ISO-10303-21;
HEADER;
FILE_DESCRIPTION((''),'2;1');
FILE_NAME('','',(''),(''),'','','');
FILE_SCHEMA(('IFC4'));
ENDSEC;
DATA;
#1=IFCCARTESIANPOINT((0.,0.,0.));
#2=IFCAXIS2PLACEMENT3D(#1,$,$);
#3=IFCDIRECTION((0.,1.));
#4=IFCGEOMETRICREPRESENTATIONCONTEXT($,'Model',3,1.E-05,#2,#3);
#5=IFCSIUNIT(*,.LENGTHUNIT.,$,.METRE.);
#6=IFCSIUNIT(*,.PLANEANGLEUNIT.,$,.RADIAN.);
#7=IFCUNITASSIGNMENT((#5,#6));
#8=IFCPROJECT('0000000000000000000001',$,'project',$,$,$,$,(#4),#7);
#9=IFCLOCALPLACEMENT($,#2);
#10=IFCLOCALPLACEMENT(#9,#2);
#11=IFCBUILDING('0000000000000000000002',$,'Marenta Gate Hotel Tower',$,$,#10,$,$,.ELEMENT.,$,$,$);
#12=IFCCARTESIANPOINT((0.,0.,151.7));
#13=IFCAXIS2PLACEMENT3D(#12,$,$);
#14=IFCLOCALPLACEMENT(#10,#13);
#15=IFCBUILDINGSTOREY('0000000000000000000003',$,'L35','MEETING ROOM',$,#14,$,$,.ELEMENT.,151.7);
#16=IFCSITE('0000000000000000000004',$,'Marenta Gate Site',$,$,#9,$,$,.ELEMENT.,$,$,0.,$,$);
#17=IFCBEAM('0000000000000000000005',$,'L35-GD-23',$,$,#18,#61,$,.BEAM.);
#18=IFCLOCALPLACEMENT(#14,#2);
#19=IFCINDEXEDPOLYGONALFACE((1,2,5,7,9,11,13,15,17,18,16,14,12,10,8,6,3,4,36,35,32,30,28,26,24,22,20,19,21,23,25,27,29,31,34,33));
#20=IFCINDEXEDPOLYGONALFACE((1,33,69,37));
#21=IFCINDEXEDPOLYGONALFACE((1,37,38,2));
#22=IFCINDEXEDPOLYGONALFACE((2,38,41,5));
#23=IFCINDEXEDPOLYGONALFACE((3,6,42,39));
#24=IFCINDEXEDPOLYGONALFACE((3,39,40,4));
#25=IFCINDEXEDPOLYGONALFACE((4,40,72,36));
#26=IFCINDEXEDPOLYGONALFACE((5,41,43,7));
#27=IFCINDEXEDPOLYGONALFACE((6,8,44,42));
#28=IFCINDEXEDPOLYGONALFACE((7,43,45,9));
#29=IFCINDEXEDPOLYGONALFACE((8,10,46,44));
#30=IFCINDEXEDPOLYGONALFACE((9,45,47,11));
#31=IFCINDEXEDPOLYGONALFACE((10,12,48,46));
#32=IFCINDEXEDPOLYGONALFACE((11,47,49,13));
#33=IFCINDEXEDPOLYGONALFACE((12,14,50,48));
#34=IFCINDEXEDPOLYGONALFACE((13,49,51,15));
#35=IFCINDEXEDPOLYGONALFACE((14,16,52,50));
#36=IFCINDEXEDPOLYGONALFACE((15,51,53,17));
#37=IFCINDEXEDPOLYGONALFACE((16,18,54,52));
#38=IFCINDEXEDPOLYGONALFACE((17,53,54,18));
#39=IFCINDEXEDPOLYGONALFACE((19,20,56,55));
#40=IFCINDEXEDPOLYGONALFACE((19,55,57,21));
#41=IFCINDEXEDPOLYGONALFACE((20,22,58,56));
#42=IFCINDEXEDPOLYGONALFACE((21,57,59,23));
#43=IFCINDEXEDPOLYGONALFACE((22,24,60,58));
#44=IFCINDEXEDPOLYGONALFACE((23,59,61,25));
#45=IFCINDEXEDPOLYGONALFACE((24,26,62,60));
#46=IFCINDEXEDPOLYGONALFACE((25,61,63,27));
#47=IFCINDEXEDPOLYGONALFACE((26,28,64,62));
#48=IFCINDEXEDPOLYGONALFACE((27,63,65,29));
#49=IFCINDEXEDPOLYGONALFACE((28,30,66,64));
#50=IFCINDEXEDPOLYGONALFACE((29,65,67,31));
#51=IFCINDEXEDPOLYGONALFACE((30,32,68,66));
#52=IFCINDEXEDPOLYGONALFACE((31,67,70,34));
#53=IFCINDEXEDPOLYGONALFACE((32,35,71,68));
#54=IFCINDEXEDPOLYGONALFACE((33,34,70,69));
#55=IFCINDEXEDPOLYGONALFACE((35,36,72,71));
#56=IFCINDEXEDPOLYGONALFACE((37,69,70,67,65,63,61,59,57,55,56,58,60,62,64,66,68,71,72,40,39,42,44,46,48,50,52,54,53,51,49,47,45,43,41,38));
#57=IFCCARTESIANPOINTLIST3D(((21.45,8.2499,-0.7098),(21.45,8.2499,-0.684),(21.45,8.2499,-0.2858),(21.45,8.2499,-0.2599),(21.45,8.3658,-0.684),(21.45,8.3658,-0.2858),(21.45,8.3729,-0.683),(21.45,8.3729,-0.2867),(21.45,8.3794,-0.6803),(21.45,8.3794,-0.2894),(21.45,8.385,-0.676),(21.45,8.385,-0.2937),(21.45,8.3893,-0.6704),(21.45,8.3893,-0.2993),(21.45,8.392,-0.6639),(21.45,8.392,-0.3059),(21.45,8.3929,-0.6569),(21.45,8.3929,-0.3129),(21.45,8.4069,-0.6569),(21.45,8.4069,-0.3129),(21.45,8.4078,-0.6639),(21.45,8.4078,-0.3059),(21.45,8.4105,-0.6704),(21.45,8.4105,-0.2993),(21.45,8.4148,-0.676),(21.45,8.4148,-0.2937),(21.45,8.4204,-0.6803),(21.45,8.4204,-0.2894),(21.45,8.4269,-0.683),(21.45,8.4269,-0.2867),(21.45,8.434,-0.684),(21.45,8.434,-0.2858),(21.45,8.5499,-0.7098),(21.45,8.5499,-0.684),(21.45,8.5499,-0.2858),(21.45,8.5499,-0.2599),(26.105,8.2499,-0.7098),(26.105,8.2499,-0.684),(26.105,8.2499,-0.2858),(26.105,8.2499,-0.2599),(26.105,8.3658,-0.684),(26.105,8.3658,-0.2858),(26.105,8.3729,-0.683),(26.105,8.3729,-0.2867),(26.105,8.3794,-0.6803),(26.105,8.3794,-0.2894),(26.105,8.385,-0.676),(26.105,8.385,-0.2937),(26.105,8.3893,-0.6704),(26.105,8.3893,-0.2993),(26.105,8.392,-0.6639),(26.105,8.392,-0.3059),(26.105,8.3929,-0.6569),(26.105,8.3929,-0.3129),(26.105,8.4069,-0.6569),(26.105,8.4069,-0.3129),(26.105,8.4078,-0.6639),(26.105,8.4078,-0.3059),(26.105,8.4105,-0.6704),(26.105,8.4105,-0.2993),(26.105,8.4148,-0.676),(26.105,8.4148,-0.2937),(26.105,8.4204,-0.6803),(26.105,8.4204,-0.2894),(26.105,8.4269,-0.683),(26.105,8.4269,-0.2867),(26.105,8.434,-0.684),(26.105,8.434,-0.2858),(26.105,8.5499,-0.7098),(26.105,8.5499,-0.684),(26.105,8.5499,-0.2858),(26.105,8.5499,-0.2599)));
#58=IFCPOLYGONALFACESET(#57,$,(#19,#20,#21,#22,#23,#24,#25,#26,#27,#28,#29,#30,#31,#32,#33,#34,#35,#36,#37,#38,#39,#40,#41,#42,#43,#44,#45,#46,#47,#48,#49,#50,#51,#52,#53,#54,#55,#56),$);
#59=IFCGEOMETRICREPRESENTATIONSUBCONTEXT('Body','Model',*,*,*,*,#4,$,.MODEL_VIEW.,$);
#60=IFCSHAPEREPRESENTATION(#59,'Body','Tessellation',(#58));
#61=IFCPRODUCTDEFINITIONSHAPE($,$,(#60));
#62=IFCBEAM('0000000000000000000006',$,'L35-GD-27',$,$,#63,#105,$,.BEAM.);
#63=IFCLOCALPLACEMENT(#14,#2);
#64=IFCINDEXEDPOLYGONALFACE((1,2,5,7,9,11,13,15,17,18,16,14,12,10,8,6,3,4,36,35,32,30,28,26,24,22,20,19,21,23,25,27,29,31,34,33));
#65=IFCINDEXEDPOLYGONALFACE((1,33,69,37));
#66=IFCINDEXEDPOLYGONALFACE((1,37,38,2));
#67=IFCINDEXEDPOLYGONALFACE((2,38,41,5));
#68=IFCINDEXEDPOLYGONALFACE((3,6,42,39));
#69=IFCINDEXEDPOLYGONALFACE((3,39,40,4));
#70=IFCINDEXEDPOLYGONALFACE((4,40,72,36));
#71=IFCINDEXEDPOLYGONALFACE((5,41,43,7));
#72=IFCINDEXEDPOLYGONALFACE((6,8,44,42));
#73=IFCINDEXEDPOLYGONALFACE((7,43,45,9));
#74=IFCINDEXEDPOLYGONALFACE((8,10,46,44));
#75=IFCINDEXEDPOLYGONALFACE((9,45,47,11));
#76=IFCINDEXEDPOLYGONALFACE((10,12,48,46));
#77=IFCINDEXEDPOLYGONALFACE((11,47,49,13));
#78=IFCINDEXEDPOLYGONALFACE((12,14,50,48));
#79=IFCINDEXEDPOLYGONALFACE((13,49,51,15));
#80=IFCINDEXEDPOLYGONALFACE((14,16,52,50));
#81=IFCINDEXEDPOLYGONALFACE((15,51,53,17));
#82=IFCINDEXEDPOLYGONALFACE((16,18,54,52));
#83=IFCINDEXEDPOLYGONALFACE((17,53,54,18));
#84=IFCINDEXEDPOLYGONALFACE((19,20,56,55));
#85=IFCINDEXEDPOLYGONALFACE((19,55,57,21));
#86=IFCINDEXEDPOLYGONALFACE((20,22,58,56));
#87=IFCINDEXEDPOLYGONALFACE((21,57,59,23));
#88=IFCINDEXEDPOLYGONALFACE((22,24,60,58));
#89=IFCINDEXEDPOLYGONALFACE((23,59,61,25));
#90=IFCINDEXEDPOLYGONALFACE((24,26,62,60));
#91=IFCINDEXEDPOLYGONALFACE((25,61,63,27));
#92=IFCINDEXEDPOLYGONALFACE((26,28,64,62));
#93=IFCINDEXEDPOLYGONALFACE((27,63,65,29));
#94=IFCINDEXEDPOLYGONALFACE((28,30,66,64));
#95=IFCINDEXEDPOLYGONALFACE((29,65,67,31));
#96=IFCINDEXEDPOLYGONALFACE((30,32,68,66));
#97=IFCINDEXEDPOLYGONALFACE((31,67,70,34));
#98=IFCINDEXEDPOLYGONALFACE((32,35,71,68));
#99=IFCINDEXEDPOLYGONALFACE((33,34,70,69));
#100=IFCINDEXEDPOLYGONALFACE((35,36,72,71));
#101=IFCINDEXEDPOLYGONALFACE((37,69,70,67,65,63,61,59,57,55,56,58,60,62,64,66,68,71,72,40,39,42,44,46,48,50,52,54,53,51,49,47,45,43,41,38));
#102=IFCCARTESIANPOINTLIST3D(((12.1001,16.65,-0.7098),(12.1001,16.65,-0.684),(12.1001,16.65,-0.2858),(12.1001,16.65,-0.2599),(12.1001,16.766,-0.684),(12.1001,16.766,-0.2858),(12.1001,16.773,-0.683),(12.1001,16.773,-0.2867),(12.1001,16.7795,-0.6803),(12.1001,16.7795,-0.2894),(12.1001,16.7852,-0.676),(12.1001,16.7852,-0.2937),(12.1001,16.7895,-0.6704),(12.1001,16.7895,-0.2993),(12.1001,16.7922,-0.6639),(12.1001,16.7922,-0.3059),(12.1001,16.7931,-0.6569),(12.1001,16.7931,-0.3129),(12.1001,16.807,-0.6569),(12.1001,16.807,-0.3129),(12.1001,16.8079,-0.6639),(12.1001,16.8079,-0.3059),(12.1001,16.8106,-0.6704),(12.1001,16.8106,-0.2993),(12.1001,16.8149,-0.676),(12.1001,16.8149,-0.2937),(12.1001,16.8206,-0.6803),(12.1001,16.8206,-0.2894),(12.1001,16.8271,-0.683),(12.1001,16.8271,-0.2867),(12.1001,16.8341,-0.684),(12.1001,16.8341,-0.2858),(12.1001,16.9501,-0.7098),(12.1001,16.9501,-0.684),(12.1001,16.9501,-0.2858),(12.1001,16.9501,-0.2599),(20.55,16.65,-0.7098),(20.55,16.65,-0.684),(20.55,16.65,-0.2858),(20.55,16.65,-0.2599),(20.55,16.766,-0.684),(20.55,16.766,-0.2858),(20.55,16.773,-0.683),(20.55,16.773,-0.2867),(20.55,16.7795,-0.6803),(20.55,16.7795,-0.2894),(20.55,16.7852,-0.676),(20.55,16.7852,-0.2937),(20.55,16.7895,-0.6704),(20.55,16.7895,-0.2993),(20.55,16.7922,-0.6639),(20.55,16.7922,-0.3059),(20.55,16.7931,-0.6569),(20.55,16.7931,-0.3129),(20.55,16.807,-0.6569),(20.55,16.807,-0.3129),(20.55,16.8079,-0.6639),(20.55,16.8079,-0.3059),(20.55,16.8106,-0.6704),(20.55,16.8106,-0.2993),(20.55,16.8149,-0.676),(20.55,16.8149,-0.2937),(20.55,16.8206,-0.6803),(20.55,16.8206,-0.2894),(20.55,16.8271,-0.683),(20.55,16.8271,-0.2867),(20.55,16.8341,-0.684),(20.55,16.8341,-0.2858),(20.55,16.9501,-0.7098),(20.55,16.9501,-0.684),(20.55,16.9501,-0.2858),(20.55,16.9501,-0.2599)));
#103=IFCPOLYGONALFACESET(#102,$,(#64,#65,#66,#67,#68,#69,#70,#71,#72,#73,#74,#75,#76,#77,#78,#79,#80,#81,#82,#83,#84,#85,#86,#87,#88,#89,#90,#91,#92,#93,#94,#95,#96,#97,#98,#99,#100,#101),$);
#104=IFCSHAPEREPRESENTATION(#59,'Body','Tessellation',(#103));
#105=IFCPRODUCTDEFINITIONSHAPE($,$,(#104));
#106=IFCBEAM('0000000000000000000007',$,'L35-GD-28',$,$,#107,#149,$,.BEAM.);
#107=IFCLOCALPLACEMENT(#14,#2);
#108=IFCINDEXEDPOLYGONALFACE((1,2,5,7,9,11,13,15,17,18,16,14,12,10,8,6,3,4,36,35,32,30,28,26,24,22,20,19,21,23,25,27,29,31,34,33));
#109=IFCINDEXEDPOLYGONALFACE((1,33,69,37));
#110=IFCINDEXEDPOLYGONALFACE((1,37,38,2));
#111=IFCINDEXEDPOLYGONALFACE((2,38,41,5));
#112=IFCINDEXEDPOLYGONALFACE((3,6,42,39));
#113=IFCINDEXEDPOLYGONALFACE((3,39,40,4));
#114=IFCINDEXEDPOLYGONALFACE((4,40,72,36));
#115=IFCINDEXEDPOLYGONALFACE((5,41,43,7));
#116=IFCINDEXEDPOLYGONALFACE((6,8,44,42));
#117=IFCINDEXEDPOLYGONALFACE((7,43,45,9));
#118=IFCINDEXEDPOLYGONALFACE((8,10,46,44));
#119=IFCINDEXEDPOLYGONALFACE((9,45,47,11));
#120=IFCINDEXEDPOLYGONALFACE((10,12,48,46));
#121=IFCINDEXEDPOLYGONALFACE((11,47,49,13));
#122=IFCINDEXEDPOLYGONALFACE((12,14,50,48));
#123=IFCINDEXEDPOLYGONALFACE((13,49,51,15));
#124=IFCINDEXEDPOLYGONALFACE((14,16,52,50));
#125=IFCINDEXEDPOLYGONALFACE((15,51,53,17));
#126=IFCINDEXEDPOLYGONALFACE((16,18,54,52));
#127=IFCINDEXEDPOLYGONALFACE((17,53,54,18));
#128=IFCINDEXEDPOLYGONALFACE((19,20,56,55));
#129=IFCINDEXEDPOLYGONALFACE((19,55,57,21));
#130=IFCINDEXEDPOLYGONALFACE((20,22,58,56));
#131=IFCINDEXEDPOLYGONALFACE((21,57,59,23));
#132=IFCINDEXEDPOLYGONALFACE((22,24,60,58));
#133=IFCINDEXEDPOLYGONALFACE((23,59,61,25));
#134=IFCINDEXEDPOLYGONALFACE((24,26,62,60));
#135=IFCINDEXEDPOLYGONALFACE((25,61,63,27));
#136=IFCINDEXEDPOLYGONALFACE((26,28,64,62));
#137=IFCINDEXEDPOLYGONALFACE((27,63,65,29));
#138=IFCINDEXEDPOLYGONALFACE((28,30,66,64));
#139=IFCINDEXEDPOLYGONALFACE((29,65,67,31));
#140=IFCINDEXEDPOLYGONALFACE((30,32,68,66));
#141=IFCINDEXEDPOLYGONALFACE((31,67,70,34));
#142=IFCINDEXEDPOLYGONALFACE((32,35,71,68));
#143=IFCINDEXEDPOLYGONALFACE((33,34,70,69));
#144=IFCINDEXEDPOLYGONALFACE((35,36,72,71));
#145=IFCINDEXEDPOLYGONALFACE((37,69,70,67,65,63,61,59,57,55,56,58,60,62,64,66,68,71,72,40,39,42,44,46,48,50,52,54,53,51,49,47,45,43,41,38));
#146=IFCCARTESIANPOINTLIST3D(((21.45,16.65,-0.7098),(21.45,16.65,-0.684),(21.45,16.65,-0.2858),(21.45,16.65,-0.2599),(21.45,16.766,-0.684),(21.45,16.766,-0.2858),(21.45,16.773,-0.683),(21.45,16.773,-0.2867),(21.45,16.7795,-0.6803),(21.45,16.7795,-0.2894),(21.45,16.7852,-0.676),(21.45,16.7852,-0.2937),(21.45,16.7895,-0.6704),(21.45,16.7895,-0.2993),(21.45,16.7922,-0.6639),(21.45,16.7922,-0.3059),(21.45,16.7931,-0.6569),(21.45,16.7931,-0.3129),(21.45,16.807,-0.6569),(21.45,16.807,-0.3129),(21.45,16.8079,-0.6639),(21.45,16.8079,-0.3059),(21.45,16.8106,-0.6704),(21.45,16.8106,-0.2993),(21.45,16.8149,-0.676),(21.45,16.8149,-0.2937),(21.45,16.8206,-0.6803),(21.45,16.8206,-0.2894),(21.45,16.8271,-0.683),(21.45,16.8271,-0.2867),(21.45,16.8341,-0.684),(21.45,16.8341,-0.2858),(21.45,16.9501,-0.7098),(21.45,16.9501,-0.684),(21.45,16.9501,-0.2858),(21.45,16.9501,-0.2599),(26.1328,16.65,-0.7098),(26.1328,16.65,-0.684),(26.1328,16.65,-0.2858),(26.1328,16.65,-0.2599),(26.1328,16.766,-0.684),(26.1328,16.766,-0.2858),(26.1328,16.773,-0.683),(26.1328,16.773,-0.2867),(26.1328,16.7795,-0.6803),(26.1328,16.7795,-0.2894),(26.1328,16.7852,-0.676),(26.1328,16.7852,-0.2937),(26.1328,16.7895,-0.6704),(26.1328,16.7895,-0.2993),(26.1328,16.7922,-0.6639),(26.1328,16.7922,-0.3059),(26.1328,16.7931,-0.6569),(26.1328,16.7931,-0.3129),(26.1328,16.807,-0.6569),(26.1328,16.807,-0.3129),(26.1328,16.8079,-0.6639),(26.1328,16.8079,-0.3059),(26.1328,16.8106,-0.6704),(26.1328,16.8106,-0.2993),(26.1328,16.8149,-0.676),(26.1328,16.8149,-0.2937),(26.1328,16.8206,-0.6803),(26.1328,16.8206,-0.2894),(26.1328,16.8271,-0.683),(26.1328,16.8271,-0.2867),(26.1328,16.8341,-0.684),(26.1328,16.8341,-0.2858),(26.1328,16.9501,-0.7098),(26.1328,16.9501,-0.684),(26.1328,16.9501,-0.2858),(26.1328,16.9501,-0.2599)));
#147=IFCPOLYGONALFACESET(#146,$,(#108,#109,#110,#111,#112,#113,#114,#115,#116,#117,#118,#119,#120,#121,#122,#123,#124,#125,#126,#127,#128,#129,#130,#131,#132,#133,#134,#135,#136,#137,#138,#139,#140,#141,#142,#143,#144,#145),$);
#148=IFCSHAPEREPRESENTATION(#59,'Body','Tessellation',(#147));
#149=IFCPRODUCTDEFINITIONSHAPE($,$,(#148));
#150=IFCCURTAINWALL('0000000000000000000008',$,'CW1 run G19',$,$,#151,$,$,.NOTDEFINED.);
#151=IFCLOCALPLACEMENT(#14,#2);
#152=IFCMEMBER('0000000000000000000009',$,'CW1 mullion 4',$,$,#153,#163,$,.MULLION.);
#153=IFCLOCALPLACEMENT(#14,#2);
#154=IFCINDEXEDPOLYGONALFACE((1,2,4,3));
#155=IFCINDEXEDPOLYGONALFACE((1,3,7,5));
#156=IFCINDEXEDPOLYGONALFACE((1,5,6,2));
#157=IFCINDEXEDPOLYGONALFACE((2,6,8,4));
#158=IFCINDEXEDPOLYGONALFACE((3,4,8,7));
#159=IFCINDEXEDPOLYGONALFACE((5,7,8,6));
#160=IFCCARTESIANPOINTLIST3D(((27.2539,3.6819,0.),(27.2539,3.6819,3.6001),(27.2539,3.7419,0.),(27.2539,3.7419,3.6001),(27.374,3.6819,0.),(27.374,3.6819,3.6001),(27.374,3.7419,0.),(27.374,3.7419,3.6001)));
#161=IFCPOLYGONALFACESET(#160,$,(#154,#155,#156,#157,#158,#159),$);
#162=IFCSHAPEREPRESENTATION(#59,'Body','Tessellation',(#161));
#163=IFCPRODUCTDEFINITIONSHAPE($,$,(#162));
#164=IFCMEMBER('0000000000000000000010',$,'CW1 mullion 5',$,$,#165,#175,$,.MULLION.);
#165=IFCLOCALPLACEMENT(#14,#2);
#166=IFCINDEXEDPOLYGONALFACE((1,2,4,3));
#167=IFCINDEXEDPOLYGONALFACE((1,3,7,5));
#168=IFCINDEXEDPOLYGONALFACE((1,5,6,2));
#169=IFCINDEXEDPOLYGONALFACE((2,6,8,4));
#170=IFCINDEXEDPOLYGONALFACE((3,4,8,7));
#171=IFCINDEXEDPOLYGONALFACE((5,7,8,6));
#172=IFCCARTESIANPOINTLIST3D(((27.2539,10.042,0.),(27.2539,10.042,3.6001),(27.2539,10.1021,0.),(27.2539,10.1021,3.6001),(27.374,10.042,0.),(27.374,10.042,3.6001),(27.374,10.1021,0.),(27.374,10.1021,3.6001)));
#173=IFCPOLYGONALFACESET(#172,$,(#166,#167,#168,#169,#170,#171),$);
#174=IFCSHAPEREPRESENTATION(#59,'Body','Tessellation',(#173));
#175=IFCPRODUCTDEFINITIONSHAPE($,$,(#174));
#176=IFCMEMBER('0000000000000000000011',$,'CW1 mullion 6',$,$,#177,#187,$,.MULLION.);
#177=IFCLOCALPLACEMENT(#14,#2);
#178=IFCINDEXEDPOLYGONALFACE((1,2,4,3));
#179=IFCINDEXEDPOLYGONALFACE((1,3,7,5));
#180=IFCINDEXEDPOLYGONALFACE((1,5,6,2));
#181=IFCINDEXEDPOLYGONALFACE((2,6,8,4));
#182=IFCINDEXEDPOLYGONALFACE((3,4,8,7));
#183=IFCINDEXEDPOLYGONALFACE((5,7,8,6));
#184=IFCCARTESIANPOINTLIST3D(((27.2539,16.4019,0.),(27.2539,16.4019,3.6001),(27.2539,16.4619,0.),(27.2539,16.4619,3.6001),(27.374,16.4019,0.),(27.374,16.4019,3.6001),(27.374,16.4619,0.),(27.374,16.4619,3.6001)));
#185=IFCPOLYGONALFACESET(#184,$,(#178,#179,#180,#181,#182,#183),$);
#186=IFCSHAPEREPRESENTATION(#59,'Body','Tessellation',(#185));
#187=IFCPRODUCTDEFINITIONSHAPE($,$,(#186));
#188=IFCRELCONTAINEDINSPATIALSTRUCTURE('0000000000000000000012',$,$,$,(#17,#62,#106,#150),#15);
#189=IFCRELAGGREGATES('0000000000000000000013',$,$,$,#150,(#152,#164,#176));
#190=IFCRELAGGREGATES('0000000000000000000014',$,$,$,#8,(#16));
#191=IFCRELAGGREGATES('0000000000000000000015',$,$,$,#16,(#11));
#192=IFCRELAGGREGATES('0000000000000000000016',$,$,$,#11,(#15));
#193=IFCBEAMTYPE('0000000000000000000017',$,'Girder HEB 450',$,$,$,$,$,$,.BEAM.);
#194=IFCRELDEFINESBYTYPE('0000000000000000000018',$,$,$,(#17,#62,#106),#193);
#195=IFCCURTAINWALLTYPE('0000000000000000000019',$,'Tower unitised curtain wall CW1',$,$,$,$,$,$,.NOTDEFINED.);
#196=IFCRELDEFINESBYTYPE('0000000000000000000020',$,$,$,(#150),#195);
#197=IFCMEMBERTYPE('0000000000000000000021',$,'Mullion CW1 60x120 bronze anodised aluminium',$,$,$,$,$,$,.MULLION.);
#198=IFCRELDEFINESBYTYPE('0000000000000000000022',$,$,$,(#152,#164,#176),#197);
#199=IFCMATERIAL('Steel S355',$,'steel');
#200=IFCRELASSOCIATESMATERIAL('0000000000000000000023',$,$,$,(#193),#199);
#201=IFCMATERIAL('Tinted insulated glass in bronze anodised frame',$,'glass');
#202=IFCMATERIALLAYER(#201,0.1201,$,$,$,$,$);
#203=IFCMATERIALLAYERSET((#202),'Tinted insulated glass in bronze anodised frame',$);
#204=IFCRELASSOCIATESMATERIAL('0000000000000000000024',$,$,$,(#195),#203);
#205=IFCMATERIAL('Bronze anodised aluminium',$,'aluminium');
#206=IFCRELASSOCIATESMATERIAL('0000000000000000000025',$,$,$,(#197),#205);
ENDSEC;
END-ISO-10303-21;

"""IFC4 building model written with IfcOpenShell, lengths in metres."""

from ifc_helpers import new_model, si_unit, direction, frame, origin, origin_2d, place, context, subcontext, project, spatial, rectangle, i_section, extrude, material, layer, layer_set, material_profile, profile_set, type_object, element, aggregate, save


model = new_model("IFC4")

# Units and contexts
model_context = context("Model", 3, precision=1e-05, world=origin(), true_north=direction((0.0, 1.0)))
body_context = subcontext(model_context, "Body", "Model", "MODEL_VIEW")
ifc_project = project(units=[si_unit("LENGTHUNIT", "METRE"), si_unit("PLANEANGLEUNIT", "RADIAN")], contexts=[model_context])

# Site, building, storey
site_placement = place(None, origin())
site = spatial("IfcSite", under=ifc_project, at=site_placement, Name="Marenta Gate Site", CompositionType="ELEMENT", RefElevation=0.0)
building_placement = place(site_placement, origin())
building = spatial("IfcBuilding", under=site, at=building_placement, Name="Marenta Gate Hotel Tower", CompositionType="ELEMENT")
storey_placement = place(building_placement, frame((0.0, 0.0, 151.7)))
storey = spatial("IfcBuildingStorey", under=building, at=storey_placement, Name="L35", Description="MEETING ROOM", CompositionType="ELEMENT", Elevation=151.7)

# Beams
ifc_material_1 = material(Name="Steel S355", Category="steel")
ifc_material_profile_1 = material_profile(ifc_material_1, i_section(OverallWidth=0.3, OverallDepth=0.45, WebThickness=0.0139, FlangeThickness=0.0259, FilletRadius=0.0271, at=origin_2d()), Name="HEB 450")
ifc_profile_set_1 = profile_set([ifc_material_profile_1], Name="Steel S355")
beam_type_1 = type_object("IfcBeamType", Name="Girder HEB 450", PredefinedType="BEAM", material=ifc_profile_set_1)
beam_1_placement = place(storey_placement, frame((21.45, 8.3999, -0.4849), z_axis=(1.0, 0.0, 0.0), x_axis=(0.0, 1.0, 0.0)))
element("IfcBeam", 1, at=beam_1_placement, inside=storey, type_object=beam_type_1, Name="L35-GD-23", PredefinedType="BEAM", context=body_context, shape_type="SweptSolid", body=[
    extrude(i_section(OverallWidth=0.3, OverallDepth=0.45, WebThickness=0.0139, FlangeThickness=0.0259, FilletRadius=0.0271, at=origin_2d()), origin(), (0.0, 0.0, 1.0), 4.655),
])
beam_2_placement = place(storey_placement, frame((12.1001, 16.8, -0.4849), z_axis=(1.0, 0.0, 0.0), x_axis=(0.0, 1.0, 0.0)))
element("IfcBeam", 2, at=beam_2_placement, inside=storey, type_object=beam_type_1, Name="L35-GD-27", PredefinedType="BEAM", context=body_context, shape_type="SweptSolid", body=[
    extrude(i_section(OverallWidth=0.3, OverallDepth=0.45, WebThickness=0.0139, FlangeThickness=0.0259, FilletRadius=0.0271, at=origin_2d()), origin(), (0.0, 0.0, 1.0), 8.45),
])
beam_3_placement = place(storey_placement, frame((21.45, 16.8, -0.4849), z_axis=(1.0, 0.0, 0.0), x_axis=(0.0, 1.0, 0.0)))
element("IfcBeam", 3, at=beam_3_placement, inside=storey, type_object=beam_type_1, Name="L35-GD-28", PredefinedType="BEAM", context=body_context, shape_type="SweptSolid", body=[
    extrude(i_section(OverallWidth=0.3, OverallDepth=0.45, WebThickness=0.0139, FlangeThickness=0.0259, FilletRadius=0.0271, at=origin_2d()), origin(), (0.0, 0.0, 1.0), 4.6829),
])

# Curtain wall, members
ifc_material_2 = material(Name="Tinted insulated glass in bronze anodised frame", Category="glass")
ifc_layer_1 = layer(ifc_material_2, 0.1201)
ifc_layer_set_1 = layer_set([ifc_layer_1], Name="Tinted insulated glass in bronze anodised frame")
curtain_wall_type = type_object("IfcCurtainWallType", Name="Tower unitised curtain wall CW1", PredefinedType="NOTDEFINED", material=ifc_layer_set_1)
curtain_wall_placement = place(storey_placement, origin())
curtain_wall = element("IfcCurtainWall", 4, at=curtain_wall_placement, inside=storey, type_object=curtain_wall_type, Name="CW1 run G19", PredefinedType="NOTDEFINED")
ifc_material_3 = material(Name="Bronze anodised aluminium", Category="aluminium")
ifc_material_profile_2 = material_profile(ifc_material_3, rectangle(XDim=0.1201, YDim=0.0601, at=origin_2d()), Name="Mullion CW1 60x120 bronze anodised aluminium")
ifc_profile_set_2 = profile_set([ifc_material_profile_2], Name="Bronze anodised aluminium")
member_type_1 = type_object("IfcMemberType", Name="Mullion CW1 60x120 bronze anodised aluminium", PredefinedType="MULLION", material=ifc_profile_set_2)
member_1_placement = place(storey_placement, frame((27.314, 3.7119, 0.0), z_axis=(0.0, 0.0, 1.0), x_axis=(-1.0, 0.0, 0.0)))
member_1 = element("IfcMember", 5, at=member_1_placement, type_object=member_type_1, Name="CW1 mullion 4", PredefinedType="MULLION", context=body_context, shape_type="SweptSolid", body=[
    extrude(rectangle(XDim=0.1201, YDim=0.0601, at=origin_2d()), origin(), (0.0, 0.0, 1.0), 3.6001),
])
member_2_placement = place(storey_placement, frame((27.314, 10.072, 0.0), z_axis=(0.0, 0.0, 1.0), x_axis=(-1.0, 0.0, 0.0)))
member_2 = element("IfcMember", 6, at=member_2_placement, type_object=member_type_1, Name="CW1 mullion 5", PredefinedType="MULLION", context=body_context, shape_type="SweptSolid", body=[
    extrude(rectangle(XDim=0.1201, YDim=0.0601, at=origin_2d()), origin(), (0.0, 0.0, 1.0), 3.6001),
])
member_3_placement = place(storey_placement, frame((27.314, 16.4319, 0.0), z_axis=(0.0, 0.0, 1.0), x_axis=(-1.0, 0.0, 0.0)))
member_3 = element("IfcMember", 7, at=member_3_placement, type_object=member_type_1, Name="CW1 mullion 6", PredefinedType="MULLION", context=body_context, shape_type="SweptSolid", body=[
    extrude(rectangle(XDim=0.1201, YDim=0.0601, at=origin_2d()), origin(), (0.0, 0.0, 1.0), 3.6001),
])
aggregate(curtain_wall, [member_1, member_2, member_3])

save(model, "model.ifc")
